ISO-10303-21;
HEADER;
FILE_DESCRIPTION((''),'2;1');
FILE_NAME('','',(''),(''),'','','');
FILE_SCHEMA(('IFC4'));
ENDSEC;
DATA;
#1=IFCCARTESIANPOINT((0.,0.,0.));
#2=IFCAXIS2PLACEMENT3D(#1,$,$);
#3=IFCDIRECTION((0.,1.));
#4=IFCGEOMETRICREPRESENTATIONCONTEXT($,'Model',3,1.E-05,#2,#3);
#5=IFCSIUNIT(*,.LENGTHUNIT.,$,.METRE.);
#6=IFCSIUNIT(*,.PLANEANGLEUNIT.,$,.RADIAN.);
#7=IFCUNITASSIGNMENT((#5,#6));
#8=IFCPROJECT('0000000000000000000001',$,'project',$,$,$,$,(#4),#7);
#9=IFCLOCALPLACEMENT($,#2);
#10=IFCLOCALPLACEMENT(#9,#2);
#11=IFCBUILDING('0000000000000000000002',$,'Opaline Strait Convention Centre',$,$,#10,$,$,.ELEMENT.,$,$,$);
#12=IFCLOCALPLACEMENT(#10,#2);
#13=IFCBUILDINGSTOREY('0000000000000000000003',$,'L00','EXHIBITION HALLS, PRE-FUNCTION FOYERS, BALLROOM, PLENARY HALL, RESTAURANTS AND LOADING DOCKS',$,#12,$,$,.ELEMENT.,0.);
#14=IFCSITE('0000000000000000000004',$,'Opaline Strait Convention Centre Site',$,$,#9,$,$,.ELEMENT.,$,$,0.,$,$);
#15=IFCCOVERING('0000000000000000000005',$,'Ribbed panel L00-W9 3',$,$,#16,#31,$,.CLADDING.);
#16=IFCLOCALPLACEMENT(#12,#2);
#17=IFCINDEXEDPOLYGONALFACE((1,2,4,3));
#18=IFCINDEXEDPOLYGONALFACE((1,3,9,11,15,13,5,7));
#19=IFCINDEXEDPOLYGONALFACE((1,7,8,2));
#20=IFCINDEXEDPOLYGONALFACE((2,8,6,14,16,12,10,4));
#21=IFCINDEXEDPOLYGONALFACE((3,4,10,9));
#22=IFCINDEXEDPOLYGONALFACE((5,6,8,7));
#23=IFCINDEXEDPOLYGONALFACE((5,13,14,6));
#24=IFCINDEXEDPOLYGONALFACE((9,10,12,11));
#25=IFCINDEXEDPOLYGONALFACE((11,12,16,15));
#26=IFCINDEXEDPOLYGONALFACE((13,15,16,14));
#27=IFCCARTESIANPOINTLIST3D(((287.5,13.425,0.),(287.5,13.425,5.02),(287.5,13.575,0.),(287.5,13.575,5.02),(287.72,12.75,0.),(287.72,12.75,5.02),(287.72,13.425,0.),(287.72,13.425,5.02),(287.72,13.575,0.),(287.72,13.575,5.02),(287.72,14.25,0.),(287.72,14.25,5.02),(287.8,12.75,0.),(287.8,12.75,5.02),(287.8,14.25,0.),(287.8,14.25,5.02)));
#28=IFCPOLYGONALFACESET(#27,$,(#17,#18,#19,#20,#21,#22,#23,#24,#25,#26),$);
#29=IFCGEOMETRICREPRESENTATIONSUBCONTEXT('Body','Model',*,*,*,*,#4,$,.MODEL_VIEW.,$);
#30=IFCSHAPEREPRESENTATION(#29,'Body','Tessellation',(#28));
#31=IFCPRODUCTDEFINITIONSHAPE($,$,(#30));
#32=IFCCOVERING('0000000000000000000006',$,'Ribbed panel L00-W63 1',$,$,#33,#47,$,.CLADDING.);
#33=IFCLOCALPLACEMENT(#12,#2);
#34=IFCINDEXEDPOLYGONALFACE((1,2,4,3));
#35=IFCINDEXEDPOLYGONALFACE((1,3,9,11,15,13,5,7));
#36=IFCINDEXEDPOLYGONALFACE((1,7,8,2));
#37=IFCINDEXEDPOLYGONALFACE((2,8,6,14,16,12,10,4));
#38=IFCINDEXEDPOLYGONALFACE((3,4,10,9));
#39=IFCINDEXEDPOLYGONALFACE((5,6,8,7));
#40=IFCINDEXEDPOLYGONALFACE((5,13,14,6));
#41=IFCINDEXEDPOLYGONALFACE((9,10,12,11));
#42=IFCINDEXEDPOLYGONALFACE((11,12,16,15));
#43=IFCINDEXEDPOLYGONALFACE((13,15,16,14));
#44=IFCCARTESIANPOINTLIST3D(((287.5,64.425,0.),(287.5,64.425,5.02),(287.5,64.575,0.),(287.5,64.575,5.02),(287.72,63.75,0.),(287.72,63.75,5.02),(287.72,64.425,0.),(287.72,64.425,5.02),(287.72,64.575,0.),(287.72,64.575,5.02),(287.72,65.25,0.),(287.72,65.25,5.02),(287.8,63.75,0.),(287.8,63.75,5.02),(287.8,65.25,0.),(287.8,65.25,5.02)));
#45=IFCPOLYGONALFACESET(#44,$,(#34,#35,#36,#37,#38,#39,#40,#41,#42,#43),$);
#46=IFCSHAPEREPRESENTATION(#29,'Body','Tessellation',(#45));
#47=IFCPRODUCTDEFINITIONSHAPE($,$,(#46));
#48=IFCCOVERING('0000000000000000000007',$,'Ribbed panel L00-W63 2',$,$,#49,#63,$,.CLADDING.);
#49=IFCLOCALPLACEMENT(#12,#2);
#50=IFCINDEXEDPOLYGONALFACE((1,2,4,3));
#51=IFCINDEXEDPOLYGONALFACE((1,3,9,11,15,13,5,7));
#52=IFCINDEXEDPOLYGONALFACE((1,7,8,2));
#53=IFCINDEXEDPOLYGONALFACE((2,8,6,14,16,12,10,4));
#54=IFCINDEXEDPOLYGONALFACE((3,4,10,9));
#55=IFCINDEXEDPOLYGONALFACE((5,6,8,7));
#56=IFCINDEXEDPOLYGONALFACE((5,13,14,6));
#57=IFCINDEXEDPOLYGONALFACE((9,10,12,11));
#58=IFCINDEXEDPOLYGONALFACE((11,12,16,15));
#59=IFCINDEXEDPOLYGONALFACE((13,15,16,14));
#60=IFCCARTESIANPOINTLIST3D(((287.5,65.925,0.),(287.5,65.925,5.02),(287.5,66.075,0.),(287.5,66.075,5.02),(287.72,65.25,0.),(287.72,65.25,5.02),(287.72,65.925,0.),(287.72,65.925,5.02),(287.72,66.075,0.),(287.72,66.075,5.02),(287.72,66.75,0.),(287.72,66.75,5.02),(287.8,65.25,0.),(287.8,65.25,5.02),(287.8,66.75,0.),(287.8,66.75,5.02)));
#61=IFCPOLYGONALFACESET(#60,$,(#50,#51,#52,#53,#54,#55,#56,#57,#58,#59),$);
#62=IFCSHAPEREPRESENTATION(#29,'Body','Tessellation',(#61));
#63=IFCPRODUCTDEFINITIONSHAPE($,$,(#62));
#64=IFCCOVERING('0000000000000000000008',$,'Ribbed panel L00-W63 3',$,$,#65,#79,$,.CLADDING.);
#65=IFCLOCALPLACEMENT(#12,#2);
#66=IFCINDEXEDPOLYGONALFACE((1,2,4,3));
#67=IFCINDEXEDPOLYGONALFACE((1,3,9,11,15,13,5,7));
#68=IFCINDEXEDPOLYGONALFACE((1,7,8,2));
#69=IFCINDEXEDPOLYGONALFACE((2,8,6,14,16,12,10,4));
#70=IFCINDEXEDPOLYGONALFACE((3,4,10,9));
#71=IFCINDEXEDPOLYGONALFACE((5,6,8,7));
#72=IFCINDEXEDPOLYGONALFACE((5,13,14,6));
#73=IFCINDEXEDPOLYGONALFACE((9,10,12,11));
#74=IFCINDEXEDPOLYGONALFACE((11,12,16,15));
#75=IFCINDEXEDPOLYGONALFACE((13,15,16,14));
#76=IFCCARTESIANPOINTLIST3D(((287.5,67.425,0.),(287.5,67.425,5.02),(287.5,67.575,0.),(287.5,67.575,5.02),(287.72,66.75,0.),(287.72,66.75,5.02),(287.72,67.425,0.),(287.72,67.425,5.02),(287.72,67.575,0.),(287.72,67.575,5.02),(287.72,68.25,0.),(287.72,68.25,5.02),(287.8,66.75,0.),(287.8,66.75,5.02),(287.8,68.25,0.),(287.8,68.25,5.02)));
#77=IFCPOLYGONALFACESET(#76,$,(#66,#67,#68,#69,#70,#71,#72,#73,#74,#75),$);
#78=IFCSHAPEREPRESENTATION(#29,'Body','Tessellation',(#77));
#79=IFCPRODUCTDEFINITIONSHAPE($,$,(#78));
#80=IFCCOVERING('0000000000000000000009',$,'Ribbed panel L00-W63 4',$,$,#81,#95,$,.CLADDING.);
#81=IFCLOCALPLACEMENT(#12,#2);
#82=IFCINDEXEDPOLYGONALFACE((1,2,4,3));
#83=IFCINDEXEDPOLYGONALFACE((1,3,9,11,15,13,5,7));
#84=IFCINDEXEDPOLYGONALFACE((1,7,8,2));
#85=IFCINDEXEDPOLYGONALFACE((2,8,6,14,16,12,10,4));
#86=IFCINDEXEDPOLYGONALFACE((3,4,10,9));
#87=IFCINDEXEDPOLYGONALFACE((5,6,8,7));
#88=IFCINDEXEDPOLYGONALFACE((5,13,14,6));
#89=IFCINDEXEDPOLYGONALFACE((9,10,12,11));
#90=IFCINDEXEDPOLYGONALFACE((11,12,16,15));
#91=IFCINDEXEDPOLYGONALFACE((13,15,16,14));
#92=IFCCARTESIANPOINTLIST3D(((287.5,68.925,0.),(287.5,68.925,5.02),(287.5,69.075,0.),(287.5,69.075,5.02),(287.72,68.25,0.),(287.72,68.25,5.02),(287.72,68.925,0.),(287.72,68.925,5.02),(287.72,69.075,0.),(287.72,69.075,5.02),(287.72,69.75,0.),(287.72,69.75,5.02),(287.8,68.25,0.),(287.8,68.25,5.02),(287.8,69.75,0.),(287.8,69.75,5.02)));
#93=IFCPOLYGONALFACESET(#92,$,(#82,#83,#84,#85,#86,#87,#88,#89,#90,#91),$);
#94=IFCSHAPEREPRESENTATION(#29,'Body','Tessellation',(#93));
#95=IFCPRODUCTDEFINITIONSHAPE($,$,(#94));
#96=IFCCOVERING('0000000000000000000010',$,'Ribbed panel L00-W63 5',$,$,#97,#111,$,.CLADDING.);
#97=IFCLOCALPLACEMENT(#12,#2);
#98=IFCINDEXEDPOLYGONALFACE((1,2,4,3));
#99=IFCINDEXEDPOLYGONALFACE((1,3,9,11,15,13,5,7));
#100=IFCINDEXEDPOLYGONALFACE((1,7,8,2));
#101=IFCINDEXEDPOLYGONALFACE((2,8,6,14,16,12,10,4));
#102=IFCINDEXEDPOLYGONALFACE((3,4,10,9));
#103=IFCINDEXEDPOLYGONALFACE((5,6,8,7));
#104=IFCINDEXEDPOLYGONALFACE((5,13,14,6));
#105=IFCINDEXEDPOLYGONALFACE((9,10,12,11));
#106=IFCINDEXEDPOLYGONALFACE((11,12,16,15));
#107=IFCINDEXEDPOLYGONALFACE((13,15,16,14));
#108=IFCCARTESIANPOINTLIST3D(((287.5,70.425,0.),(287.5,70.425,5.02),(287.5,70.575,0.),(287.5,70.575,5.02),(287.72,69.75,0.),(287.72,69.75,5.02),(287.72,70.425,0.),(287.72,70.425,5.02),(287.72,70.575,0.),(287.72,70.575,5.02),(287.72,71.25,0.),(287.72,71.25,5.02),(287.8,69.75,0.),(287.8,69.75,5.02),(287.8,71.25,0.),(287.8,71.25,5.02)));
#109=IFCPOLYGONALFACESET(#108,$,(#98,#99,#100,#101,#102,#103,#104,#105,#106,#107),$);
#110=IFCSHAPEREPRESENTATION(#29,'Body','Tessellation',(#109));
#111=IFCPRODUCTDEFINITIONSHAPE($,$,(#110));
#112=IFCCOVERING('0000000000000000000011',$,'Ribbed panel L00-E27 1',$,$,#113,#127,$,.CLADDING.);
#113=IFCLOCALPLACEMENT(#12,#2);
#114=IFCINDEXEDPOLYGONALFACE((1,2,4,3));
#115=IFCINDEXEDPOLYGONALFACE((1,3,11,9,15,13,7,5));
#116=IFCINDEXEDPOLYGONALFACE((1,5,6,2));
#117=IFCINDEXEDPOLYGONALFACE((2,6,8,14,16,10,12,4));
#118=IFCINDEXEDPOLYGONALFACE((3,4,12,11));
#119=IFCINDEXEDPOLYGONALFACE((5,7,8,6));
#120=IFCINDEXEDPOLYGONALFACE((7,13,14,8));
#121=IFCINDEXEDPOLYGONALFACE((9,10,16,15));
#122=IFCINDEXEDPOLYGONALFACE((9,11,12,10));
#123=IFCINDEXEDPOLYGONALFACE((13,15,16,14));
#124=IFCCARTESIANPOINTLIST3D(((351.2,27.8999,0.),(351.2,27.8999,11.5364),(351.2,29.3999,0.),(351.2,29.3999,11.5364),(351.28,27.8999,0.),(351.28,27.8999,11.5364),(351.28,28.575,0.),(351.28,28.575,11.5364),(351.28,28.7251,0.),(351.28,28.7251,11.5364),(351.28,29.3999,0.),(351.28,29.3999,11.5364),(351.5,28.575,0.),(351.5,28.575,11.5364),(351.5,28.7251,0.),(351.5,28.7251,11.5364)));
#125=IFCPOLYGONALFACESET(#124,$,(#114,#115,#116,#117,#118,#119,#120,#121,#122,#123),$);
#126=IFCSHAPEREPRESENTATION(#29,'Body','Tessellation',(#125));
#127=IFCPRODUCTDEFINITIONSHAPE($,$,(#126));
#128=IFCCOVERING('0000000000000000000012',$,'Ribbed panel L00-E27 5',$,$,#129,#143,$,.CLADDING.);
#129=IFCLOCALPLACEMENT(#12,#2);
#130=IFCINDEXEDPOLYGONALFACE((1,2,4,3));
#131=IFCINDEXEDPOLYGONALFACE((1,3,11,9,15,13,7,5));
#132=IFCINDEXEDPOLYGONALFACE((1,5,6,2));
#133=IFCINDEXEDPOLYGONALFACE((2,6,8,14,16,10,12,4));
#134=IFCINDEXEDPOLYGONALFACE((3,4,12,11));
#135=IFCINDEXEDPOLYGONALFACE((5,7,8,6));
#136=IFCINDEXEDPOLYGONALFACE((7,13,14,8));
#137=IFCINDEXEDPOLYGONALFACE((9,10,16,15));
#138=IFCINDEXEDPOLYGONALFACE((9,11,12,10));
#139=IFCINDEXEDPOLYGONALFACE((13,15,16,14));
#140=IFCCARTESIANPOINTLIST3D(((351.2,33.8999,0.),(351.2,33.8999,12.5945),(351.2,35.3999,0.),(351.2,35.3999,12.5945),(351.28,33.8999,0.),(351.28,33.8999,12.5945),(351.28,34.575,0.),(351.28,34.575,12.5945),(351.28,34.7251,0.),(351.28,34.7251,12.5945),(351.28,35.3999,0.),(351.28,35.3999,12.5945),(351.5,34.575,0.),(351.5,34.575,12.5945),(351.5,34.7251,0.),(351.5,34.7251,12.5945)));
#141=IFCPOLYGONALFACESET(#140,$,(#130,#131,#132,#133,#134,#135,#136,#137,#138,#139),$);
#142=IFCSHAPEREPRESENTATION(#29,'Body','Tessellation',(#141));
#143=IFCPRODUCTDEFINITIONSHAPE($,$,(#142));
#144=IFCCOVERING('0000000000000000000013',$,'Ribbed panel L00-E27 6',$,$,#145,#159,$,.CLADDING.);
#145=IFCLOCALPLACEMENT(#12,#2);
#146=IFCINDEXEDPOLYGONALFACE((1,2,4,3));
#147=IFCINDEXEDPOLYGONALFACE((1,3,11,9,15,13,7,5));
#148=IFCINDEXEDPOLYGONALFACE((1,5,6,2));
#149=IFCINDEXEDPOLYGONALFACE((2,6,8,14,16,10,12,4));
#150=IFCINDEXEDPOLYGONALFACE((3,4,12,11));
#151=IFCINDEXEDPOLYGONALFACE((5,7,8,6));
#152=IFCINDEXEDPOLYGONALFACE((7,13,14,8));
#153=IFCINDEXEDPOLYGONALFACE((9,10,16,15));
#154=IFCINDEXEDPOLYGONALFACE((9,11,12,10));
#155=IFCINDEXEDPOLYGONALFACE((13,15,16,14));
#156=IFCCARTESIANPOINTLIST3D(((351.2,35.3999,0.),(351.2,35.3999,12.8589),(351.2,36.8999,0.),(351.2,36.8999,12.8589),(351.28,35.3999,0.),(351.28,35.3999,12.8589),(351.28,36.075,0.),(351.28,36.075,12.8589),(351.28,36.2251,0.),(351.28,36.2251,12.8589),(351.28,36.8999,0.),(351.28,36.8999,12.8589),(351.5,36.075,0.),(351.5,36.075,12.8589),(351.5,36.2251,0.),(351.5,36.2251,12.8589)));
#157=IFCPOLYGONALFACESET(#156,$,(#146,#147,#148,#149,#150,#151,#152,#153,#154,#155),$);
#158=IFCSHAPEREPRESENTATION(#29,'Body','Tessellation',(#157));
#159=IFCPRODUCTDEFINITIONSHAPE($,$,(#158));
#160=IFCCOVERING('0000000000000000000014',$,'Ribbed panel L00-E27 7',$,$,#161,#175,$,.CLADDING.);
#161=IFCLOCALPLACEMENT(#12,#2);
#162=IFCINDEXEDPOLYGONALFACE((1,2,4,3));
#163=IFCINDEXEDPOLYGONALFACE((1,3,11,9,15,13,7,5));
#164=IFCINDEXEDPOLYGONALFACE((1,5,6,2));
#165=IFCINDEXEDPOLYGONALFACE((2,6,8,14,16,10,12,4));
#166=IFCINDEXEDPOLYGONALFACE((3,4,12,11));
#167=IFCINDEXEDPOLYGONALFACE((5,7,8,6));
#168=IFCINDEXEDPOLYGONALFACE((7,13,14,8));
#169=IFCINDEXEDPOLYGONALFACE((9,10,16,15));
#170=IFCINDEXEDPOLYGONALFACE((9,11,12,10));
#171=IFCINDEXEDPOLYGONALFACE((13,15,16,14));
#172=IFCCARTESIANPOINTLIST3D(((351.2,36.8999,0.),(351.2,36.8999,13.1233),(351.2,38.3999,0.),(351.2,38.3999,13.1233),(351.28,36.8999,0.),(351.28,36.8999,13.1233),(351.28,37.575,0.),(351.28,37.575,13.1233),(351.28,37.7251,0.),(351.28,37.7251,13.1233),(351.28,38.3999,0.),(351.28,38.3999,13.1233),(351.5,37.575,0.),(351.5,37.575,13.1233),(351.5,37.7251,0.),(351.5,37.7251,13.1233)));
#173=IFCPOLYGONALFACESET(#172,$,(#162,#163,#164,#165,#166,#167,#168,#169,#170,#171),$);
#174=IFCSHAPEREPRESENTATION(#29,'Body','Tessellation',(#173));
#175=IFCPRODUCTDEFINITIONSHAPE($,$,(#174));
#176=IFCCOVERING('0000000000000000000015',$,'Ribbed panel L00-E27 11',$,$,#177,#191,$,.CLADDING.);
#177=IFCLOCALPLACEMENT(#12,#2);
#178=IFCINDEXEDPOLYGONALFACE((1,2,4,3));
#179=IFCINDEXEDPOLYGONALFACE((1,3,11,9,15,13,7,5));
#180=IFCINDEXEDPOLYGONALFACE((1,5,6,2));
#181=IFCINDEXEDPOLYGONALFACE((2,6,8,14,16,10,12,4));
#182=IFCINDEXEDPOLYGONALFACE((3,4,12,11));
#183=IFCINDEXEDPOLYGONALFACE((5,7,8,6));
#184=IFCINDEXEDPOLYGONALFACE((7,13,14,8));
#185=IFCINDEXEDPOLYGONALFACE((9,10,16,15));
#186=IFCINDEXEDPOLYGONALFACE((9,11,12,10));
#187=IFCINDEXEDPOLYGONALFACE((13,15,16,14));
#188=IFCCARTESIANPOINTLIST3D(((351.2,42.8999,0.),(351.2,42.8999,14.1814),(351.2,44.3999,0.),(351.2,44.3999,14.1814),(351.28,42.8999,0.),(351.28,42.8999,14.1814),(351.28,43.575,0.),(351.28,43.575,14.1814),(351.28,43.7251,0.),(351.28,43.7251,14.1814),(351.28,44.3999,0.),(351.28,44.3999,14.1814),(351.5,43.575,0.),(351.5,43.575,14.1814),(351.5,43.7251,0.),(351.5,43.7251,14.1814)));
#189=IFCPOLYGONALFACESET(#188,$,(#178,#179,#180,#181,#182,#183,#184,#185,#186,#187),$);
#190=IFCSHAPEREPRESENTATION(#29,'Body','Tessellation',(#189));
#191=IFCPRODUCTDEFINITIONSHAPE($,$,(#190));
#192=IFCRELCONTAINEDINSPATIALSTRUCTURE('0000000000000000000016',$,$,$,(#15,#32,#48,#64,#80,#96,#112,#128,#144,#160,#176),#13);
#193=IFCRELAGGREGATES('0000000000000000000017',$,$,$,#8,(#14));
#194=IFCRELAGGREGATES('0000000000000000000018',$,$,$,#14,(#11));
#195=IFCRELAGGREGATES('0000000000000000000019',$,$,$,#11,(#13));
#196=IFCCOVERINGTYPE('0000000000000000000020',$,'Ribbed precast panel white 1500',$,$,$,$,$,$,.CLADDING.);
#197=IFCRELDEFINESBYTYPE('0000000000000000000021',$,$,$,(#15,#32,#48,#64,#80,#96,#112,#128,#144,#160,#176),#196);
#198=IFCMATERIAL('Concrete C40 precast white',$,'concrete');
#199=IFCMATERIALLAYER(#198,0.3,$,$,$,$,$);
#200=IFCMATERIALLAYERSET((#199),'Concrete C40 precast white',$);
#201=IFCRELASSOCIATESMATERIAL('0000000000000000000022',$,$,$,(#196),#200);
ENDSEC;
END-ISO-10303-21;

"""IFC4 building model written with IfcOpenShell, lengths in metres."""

from ifc_helpers import new_model, si_unit, direction, origin, place, context, subcontext, project, spatial, polyline, outline, extrude, material, layer, layer_set, type_object, element, save


model = new_model("IFC4")

# Units and contexts
model_context = context("Model", 3, precision=1e-05, world=origin(), true_north=direction((0.0, 1.0)))
body_context = subcontext(model_context, "Body", "Model", "MODEL_VIEW")
ifc_project = project(units=[si_unit("LENGTHUNIT", "METRE"), si_unit("PLANEANGLEUNIT", "RADIAN")], contexts=[model_context])

# Site, building, storey
site_placement = place(None, origin())
site = spatial("IfcSite", under=ifc_project, at=site_placement, Name="Opaline Strait Convention Centre Site", CompositionType="ELEMENT", RefElevation=0.0)
building_placement = place(site_placement, origin())
building = spatial("IfcBuilding", under=site, at=building_placement, Name="Opaline Strait Convention Centre", CompositionType="ELEMENT")
storey_placement = place(building_placement, origin())
storey = spatial("IfcBuildingStorey", under=building, at=storey_placement, Name="L00", Description="EXHIBITION HALLS, PRE-FUNCTION FOYERS, BALLROOM, PLENARY HALL, RESTAURANTS AND LOADING DOCKS", CompositionType="ELEMENT", Elevation=0.0)

# Coverings
ifc_material = material(Name="Concrete C40 precast white", Category="concrete")
ifc_layer = layer(ifc_material, 0.3)
ifc_layer_set = layer_set([ifc_layer], Name="Concrete C40 precast white")
covering_type = type_object("IfcCoveringType", Name="Ribbed precast panel white 1500", PredefinedType="CLADDING", material=ifc_layer_set)
covering_1_placement = place(storey_placement, origin())
element("IfcCovering", 1, at=covering_1_placement, inside=storey, type_object=covering_type, Name="Ribbed panel L00-W9 3", PredefinedType="CLADDING", context=body_context, shape_type="SweptSolid", body=[
    extrude(outline(polyline([(287.8, 12.75), (287.8, 14.25), (287.72, 14.25), (287.72, 13.575), (287.5, 13.575), (287.5, 13.425), (287.72, 13.425), (287.72, 12.75), (287.8, 12.75)])), origin(), (0.0, 0.0, 1.0), 5.02),
])
covering_2_placement = place(storey_placement, origin())
element("IfcCovering", 2, at=covering_2_placement, inside=storey, type_object=covering_type, Name="Ribbed panel L00-W63 1", PredefinedType="CLADDING", context=body_context, shape_type="SweptSolid", body=[
    extrude(outline(polyline([(287.8, 63.75), (287.8, 65.25), (287.72, 65.25), (287.72, 64.575), (287.5, 64.575), (287.5, 64.425), (287.72, 64.425), (287.72, 63.75), (287.8, 63.75)])), origin(), (0.0, 0.0, 1.0), 5.02),
])
covering_3_placement = place(storey_placement, origin())
element("IfcCovering", 3, at=covering_3_placement, inside=storey, type_object=covering_type, Name="Ribbed panel L00-W63 2", PredefinedType="CLADDING", context=body_context, shape_type="SweptSolid", body=[
    extrude(outline(polyline([(287.8, 65.25), (287.8, 66.75), (287.72, 66.75), (287.72, 66.075), (287.5, 66.075), (287.5, 65.925), (287.72, 65.925), (287.72, 65.25), (287.8, 65.25)])), origin(), (0.0, 0.0, 1.0), 5.02),
])
covering_4_placement = place(storey_placement, origin())
element("IfcCovering", 4, at=covering_4_placement, inside=storey, type_object=covering_type, Name="Ribbed panel L00-W63 3", PredefinedType="CLADDING", context=body_context, shape_type="SweptSolid", body=[
    extrude(outline(polyline([(287.8, 66.75), (287.8, 68.25), (287.72, 68.25), (287.72, 67.575), (287.5, 67.575), (287.5, 67.425), (287.72, 67.425), (287.72, 66.75), (287.8, 66.75)])), origin(), (0.0, 0.0, 1.0), 5.02),
])
covering_5_placement = place(storey_placement, origin())
element("IfcCovering", 5, at=covering_5_placement, inside=storey, type_object=covering_type, Name="Ribbed panel L00-W63 4", PredefinedType="CLADDING", context=body_context, shape_type="SweptSolid", body=[
    extrude(outline(polyline([(287.8, 68.25), (287.8, 69.75), (287.72, 69.75), (287.72, 69.075), (287.5, 69.075), (287.5, 68.925), (287.72, 68.925), (287.72, 68.25), (287.8, 68.25)])), origin(), (0.0, 0.0, 1.0), 5.02),
])
covering_6_placement = place(storey_placement, origin())
element("IfcCovering", 6, at=covering_6_placement, inside=storey, type_object=covering_type, Name="Ribbed panel L00-W63 5", PredefinedType="CLADDING", context=body_context, shape_type="SweptSolid", body=[
    extrude(outline(polyline([(287.8, 69.75), (287.8, 71.25), (287.72, 71.25), (287.72, 70.575), (287.5, 70.575), (287.5, 70.425), (287.72, 70.425), (287.72, 69.75), (287.8, 69.75)])), origin(), (0.0, 0.0, 1.0), 5.02),
])
covering_7_placement = place(storey_placement, origin())
element("IfcCovering", 7, at=covering_7_placement, inside=storey, type_object=covering_type, Name="Ribbed panel L00-E27 1", PredefinedType="CLADDING", context=body_context, shape_type="SweptSolid", body=[
    extrude(outline(polyline([(351.2, 27.8999), (351.2, 29.3999), (351.28, 29.3999), (351.28, 28.7251), (351.5, 28.7251), (351.5, 28.575), (351.28, 28.575), (351.28, 27.8999), (351.2, 27.8999)])), origin(), (0.0, 0.0, 1.0), 11.5364),
])
covering_8_placement = place(storey_placement, origin())
element("IfcCovering", 8, at=covering_8_placement, inside=storey, type_object=covering_type, Name="Ribbed panel L00-E27 5", PredefinedType="CLADDING", context=body_context, shape_type="SweptSolid", body=[
    extrude(outline(polyline([(351.2, 33.8999), (351.2, 35.3999), (351.28, 35.3999), (351.28, 34.7251), (351.5, 34.7251), (351.5, 34.575), (351.28, 34.575), (351.28, 33.8999), (351.2, 33.8999)])), origin(), (0.0, 0.0, 1.0), 12.5945),
])
covering_9_placement = place(storey_placement, origin())
element("IfcCovering", 9, at=covering_9_placement, inside=storey, type_object=covering_type, Name="Ribbed panel L00-E27 6", PredefinedType="CLADDING", context=body_context, shape_type="SweptSolid", body=[
    extrude(outline(polyline([(351.2, 35.3999), (351.2, 36.8999), (351.28, 36.8999), (351.28, 36.2251), (351.5, 36.2251), (351.5, 36.075), (351.28, 36.075), (351.28, 35.3999), (351.2, 35.3999)])), origin(), (0.0, 0.0, 1.0), 12.8589),
])
covering_10_placement = place(storey_placement, origin())
element("IfcCovering", 10, at=covering_10_placement, inside=storey, type_object=covering_type, Name="Ribbed panel L00-E27 7", PredefinedType="CLADDING", context=body_context, shape_type="SweptSolid", body=[
    extrude(outline(polyline([(351.2, 36.8999), (351.2, 38.3999), (351.28, 38.3999), (351.28, 37.7251), (351.5, 37.7251), (351.5, 37.575), (351.28, 37.575), (351.28, 36.8999), (351.2, 36.8999)])), origin(), (0.0, 0.0, 1.0), 13.1233),
])
covering_11_placement = place(storey_placement, origin())
element("IfcCovering", 11, at=covering_11_placement, inside=storey, type_object=covering_type, Name="Ribbed panel L00-E27 11", PredefinedType="CLADDING", context=body_context, shape_type="SweptSolid", body=[
    extrude(outline(polyline([(351.2, 42.8999), (351.2, 44.3999), (351.28, 44.3999), (351.28, 43.7251), (351.5, 43.7251), (351.5, 43.575), (351.28, 43.575), (351.28, 42.8999), (351.2, 42.8999)])), origin(), (0.0, 0.0, 1.0), 14.1814),
])

save(model, "model.ifc")
